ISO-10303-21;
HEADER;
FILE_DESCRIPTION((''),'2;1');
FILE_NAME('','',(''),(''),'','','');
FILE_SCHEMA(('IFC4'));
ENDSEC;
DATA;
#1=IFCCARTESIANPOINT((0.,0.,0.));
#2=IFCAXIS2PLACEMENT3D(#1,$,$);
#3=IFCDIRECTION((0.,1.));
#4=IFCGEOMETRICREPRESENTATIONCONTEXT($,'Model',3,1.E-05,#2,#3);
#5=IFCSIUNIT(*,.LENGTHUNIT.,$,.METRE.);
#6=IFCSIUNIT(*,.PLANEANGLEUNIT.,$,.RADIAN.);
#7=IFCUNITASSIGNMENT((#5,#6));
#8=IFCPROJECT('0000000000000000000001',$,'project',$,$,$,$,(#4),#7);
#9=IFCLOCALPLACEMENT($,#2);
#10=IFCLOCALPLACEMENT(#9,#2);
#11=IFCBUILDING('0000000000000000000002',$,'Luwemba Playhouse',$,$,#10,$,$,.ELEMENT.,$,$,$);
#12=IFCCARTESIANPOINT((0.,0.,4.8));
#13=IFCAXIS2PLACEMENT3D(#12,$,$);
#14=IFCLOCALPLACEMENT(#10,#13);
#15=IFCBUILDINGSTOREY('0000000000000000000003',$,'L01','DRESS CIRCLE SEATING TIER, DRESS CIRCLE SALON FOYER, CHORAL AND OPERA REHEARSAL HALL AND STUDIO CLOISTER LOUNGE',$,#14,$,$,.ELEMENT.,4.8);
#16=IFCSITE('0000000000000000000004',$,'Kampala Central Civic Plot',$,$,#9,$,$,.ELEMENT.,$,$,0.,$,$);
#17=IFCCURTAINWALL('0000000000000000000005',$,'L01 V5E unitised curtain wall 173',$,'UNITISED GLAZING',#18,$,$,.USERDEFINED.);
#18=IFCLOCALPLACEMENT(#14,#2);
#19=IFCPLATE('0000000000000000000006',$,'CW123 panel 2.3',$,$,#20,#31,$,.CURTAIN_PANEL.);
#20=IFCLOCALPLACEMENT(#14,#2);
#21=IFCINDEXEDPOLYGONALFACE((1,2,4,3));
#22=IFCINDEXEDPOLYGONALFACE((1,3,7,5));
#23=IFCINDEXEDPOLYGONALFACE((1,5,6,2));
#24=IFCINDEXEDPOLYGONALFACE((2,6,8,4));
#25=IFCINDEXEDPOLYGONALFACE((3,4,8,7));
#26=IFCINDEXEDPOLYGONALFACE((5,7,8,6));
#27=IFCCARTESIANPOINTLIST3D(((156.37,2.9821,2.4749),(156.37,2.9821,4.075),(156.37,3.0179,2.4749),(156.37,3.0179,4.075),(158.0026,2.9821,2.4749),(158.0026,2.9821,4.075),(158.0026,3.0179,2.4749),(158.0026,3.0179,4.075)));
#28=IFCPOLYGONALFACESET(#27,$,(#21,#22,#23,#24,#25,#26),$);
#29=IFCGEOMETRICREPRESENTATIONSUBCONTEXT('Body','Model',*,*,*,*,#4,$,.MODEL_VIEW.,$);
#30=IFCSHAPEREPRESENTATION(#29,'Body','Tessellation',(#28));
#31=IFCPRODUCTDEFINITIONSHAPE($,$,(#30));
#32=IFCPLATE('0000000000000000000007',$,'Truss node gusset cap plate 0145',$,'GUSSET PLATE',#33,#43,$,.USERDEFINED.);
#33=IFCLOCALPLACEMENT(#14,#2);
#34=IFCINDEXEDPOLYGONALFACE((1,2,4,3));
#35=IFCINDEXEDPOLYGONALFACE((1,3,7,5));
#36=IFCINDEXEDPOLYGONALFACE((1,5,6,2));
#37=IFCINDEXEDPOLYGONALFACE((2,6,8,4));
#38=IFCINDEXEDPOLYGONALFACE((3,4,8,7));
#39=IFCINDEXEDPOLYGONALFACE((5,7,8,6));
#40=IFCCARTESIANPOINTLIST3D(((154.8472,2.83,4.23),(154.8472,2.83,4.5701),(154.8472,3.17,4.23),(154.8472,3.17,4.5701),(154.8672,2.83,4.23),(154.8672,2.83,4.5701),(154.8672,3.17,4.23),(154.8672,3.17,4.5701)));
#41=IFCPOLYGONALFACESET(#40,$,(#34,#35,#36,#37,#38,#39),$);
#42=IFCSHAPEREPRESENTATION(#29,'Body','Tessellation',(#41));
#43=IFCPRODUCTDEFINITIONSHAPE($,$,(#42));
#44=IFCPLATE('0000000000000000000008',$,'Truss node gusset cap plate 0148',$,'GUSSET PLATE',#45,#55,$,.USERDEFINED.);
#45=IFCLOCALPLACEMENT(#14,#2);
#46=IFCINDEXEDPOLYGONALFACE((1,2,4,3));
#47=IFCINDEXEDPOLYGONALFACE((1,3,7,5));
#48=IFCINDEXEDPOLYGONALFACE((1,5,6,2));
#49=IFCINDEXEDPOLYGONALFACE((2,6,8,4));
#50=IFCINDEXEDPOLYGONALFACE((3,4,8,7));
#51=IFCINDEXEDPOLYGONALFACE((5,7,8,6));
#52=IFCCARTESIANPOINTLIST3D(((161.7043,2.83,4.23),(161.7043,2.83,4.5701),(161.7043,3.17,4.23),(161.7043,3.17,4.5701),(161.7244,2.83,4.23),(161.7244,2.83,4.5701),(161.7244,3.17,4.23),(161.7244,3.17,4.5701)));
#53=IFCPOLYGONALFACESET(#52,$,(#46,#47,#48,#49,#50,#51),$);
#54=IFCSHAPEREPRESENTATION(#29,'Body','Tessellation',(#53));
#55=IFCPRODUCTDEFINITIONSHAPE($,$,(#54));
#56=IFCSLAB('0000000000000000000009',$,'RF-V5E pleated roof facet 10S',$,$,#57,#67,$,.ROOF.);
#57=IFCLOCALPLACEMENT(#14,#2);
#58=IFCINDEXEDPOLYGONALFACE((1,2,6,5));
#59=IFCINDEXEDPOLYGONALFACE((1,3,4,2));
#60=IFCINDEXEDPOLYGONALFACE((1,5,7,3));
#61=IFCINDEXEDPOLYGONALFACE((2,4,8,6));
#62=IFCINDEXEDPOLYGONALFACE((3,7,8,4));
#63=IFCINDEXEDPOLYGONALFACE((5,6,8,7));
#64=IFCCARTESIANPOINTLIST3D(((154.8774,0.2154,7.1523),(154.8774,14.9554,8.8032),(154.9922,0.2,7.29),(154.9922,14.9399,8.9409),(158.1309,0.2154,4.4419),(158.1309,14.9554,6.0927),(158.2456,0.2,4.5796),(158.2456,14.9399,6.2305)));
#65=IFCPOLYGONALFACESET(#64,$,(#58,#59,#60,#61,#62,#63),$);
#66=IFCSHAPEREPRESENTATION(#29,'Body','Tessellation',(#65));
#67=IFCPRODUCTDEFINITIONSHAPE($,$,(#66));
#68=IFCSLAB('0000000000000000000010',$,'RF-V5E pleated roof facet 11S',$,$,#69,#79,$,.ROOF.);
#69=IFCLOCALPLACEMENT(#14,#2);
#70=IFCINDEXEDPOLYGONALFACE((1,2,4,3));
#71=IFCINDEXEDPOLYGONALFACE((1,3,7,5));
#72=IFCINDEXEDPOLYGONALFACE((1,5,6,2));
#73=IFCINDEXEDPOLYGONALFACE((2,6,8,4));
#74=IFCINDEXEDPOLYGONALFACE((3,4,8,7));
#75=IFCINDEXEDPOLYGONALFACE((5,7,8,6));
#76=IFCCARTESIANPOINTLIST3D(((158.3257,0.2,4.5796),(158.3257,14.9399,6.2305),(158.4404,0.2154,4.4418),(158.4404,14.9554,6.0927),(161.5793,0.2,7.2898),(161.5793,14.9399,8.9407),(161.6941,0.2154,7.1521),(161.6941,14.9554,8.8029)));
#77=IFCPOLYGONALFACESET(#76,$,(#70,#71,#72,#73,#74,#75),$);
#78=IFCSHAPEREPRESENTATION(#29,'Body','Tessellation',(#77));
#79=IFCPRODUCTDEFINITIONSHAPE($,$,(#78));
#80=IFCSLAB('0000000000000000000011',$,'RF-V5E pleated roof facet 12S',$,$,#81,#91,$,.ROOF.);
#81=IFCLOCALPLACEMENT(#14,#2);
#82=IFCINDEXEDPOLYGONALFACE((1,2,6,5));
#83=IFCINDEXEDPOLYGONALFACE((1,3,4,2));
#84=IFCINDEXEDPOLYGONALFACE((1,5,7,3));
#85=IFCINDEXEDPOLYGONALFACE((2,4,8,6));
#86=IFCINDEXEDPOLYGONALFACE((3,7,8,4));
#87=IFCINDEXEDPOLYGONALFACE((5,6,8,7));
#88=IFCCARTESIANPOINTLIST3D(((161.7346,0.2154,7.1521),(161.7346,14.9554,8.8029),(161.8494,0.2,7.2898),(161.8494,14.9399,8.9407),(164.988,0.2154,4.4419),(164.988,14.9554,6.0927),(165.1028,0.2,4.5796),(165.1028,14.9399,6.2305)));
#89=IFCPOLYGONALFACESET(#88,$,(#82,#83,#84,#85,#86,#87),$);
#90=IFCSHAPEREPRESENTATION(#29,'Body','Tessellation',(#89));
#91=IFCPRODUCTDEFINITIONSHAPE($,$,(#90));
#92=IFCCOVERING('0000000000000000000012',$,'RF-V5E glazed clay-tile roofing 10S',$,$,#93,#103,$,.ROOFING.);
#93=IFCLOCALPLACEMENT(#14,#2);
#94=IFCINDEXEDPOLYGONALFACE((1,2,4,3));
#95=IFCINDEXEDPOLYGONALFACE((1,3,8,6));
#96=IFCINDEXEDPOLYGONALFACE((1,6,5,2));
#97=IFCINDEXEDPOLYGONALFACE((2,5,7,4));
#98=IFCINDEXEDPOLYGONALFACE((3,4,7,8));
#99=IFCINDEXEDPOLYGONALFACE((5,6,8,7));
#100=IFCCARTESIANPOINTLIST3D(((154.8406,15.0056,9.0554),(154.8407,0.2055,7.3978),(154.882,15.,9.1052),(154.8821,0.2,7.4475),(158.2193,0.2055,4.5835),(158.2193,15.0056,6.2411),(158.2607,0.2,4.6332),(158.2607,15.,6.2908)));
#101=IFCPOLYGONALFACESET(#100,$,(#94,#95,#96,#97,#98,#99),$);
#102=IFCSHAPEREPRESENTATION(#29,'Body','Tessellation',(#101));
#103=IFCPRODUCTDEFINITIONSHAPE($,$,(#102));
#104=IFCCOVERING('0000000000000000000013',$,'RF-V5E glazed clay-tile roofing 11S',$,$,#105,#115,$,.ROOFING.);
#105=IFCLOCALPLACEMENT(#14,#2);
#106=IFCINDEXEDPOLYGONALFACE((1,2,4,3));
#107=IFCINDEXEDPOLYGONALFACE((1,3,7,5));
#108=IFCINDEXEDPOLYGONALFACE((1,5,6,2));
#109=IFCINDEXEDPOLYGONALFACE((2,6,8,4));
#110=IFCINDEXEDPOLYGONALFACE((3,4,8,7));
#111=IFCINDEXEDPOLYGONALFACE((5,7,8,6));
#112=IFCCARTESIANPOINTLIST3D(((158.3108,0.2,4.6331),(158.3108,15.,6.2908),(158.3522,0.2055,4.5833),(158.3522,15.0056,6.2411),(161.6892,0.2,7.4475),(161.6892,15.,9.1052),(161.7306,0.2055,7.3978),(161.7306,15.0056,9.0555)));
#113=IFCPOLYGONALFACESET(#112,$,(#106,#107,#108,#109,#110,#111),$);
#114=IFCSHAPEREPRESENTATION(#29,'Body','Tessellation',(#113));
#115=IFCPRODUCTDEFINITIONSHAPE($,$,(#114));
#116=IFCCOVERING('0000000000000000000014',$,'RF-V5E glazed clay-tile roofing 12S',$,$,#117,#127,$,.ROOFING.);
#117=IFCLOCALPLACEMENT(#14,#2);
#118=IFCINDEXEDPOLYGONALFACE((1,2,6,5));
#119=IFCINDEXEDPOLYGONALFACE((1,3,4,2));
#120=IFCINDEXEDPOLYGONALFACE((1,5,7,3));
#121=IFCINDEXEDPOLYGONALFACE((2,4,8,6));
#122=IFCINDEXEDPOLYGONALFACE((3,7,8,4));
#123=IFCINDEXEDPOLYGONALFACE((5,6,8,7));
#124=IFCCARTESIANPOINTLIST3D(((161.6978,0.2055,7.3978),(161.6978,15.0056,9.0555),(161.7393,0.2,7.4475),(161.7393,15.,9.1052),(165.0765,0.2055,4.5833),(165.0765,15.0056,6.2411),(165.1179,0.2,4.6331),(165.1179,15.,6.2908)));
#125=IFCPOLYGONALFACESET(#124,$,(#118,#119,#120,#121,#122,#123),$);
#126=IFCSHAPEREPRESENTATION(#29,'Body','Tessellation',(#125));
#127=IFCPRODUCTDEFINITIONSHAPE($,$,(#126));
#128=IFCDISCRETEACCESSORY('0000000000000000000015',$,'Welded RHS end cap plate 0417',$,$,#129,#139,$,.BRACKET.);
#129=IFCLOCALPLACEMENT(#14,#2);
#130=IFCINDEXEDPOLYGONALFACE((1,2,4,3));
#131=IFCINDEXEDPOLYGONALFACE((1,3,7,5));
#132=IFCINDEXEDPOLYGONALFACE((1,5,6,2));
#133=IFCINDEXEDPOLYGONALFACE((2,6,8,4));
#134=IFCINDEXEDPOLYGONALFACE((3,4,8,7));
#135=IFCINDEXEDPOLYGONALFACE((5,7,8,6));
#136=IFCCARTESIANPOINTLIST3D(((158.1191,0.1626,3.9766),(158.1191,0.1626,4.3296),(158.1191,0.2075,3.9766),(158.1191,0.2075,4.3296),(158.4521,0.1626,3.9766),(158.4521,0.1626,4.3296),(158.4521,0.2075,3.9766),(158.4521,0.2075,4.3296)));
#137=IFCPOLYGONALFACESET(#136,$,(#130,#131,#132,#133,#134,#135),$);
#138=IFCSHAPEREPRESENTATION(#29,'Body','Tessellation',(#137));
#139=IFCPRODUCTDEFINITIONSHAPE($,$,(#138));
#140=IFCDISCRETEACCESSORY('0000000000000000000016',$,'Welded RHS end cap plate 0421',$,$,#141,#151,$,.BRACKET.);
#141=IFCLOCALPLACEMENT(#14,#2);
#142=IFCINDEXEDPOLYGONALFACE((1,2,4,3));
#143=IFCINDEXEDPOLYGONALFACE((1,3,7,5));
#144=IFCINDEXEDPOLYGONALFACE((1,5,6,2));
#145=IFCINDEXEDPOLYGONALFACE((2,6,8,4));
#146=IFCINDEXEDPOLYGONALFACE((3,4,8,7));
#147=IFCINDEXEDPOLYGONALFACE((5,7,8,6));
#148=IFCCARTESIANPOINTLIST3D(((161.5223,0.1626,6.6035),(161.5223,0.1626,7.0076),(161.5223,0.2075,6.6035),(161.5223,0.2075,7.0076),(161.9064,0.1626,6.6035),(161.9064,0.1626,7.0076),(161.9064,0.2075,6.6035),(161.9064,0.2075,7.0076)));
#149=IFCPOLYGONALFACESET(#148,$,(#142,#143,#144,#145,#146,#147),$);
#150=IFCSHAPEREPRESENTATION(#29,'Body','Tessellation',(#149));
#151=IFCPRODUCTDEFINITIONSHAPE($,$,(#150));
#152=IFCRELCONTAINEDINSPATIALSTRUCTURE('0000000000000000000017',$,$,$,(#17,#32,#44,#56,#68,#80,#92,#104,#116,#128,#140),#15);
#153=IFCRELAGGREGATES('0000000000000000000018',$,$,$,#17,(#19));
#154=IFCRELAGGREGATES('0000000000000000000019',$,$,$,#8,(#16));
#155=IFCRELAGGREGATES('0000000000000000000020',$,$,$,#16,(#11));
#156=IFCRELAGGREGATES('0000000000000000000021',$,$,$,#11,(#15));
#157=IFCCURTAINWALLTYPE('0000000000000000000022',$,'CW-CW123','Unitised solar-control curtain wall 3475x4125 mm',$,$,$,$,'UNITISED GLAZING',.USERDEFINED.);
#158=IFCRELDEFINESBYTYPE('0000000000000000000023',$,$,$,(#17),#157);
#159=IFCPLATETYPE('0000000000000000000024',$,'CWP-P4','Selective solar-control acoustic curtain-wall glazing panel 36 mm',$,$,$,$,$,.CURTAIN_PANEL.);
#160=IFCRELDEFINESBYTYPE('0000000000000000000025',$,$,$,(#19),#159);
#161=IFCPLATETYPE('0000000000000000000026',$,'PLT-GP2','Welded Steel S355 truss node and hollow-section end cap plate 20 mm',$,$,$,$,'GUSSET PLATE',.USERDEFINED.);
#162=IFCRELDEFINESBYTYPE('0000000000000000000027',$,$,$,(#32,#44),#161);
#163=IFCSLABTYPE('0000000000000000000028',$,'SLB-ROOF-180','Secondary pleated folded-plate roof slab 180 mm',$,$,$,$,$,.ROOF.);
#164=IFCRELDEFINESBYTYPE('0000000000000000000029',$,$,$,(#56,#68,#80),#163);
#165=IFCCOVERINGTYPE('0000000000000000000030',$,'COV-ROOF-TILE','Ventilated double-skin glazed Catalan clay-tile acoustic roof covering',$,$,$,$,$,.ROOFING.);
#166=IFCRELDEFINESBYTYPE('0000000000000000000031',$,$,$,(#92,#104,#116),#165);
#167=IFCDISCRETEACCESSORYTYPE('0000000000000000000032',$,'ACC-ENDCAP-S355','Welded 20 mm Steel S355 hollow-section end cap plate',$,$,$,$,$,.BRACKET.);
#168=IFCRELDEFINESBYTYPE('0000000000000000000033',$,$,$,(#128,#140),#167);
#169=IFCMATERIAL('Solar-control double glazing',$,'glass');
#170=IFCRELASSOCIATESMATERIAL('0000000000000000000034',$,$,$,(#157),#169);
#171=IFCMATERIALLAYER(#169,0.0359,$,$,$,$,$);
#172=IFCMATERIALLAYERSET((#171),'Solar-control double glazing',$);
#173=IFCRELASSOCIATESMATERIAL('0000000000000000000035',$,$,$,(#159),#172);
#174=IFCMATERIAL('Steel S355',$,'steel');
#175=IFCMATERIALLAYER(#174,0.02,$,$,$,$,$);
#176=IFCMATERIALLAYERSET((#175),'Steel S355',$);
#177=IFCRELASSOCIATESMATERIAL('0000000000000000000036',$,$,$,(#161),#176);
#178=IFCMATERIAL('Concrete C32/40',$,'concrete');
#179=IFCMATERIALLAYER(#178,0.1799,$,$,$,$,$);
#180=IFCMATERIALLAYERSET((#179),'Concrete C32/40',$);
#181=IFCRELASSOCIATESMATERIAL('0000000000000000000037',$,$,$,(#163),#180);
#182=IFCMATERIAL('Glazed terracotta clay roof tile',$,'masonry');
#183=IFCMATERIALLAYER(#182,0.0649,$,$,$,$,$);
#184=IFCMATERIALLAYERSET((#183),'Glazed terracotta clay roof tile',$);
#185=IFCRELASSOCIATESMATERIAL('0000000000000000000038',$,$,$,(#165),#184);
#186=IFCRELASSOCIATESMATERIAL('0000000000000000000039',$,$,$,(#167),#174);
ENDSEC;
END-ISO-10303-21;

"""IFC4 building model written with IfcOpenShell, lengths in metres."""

from ifc_helpers import new_model, si_unit, direction, frame, origin, origin_2d, place, context, subcontext, project, spatial, polyline, rectangle, outline, extrude, material, layer, layer_set, type_object, element, aggregate, save


model = new_model("IFC4")

# Units and contexts
model_context = context("Model", 3, precision=1e-05, world=origin(), true_north=direction((0.0, 1.0)))
body_context = subcontext(model_context, "Body", "Model", "MODEL_VIEW")
ifc_project = project(units=[si_unit("LENGTHUNIT", "METRE"), si_unit("PLANEANGLEUNIT", "RADIAN")], contexts=[model_context])

# Site, building, storey
site_placement = place(None, origin())
site = spatial("IfcSite", under=ifc_project, at=site_placement, Name="Kampala Central Civic Plot", CompositionType="ELEMENT", RefElevation=0.0)
building_placement = place(site_placement, origin())
building = spatial("IfcBuilding", under=site, at=building_placement, Name="Luwemba Playhouse", CompositionType="ELEMENT")
storey_placement = place(building_placement, frame((0.0, 0.0, 4.8)))
storey = spatial("IfcBuildingStorey", under=building, at=storey_placement, Name="L01", Description="DRESS CIRCLE SEATING TIER, DRESS CIRCLE SALON FOYER, CHORAL AND OPERA REHEARSAL HALL AND STUDIO CLOISTER LOUNGE", CompositionType="ELEMENT", Elevation=4.8)

# Shared definitions
ifc_material_1 = material(Name="Steel S355", Category="steel")

# Shared definitions
ifc_material_2 = material(Name="Solar-control double glazing", Category="glass")

# Curtain wall
curtain_wall_type_1 = type_object("IfcCurtainWallType", Name="CW-CW123", Description="Unitised solar-control curtain wall 3475x4125 mm", ElementType="UNITISED GLAZING", PredefinedType="USERDEFINED", material=ifc_material_2)
curtain_wall_1_placement = place(storey_placement, origin())
curtain_wall_1 = element("IfcCurtainWall", 1, at=curtain_wall_1_placement, inside=storey, type_object=curtain_wall_type_1, Name="L01 V5E unitised curtain wall 173", ObjectType="UNITISED GLAZING", PredefinedType="USERDEFINED")

# Plate
ifc_layer_1 = layer(ifc_material_2, 0.0359)
ifc_layer_set_1 = layer_set([ifc_layer_1], Name="Solar-control double glazing")
plate_type_1 = type_object("IfcPlateType", Name="CWP-P4", Description="Selective solar-control acoustic curtain-wall glazing panel 36 mm", PredefinedType="CURTAIN_PANEL", material=ifc_layer_set_1)
plate_1_placement = place(storey_placement, frame((157.1863, 3.0, 2.4749), z_axis=(0.0, 0.0, 1.0), x_axis=(-1.0, 0.0, 0.0)))
plate_1 = element("IfcPlate", 2, at=plate_1_placement, type_object=plate_type_1, Name="CW123 panel 2.3", PredefinedType="CURTAIN_PANEL", context=body_context, shape_type="SweptSolid", body=[
    extrude(rectangle(XDim=1.6326, YDim=0.0359, at=origin_2d()), origin(), (0.0, 0.0, 1.0), 1.6001),
])
aggregate(curtain_wall_1, [plate_1])

# Plates
ifc_layer_2 = layer(ifc_material_1, 0.02)
ifc_layer_set_2 = layer_set([ifc_layer_2], Name="Steel S355")
plate_type_2 = type_object("IfcPlateType", Name="PLT-GP2", Description="Welded Steel S355 truss node and hollow-section end cap plate 20 mm", ElementType="GUSSET PLATE", PredefinedType="USERDEFINED", material=ifc_layer_set_2)
for number, where, z_axis, x_axis, name in (
    (3, (154.8572, 3.0, 4.23), (0.0, 0.0, 1.0), (1.0, 0.0, 0.0), "Truss node gusset cap plate 0145"),
    (4, (161.7144, 3.0, 4.23), (0.0, 0.0, 1.0), (1.0, 0.0, 0.0), "Truss node gusset cap plate 0148"),
):
    element("IfcPlate", number, at=place(storey_placement, frame(where, z_axis=z_axis, x_axis=x_axis)), inside=storey, type_object=plate_type_2, Name=name, ObjectType="GUSSET PLATE", PredefinedType="USERDEFINED", context=body_context, shape_type="SweptSolid", body=[
        extrude(rectangle(XDim=0.02, YDim=0.3401, at=origin_2d()), origin(), (0.0, 0.0, 1.0), 0.3401),
    ])

# Slabs
ifc_material_3 = material(Name="Concrete C32/40", Category="concrete")
ifc_layer_3 = layer(ifc_material_3, 0.1799)
ifc_layer_set_3 = layer_set([ifc_layer_3], Name="Concrete C32/40")
slab_type = type_object("IfcSlabType", Name="SLB-ROOF-180", Description="Secondary pleated folded-plate roof slab 180 mm", PredefinedType="ROOF", material=ifc_layer_set_3)
slab_1_placement = place(storey_placement, frame((154.9922, 0.2, 7.29), z_axis=(0.637726, -0.085733, 0.765478), x_axis=(0.768306, 0.0, -0.640082)))
element("IfcSlab", 5, at=slab_1_placement, inside=storey, type_object=slab_type, Name="RF-V5E pleated roof facet 10S", PredefinedType="ROOF", context=body_context, shape_type="SweptSolid", body=[
    extrude(outline(polyline([(0.0, 0.0), (4.2345, 0.0), (3.1778, 14.7945), (-1.0567, 14.7945), (0.0, 0.0)])), origin(), (0.0, 0.0, -1.0), 0.1799),
])
slab_2_placement = place(storey_placement, frame((158.3257, 0.2, 4.5796), z_axis=(-0.637663, -0.085739, 0.765529), x_axis=(0.768358, 0.0, 0.64002)))
element("IfcSlab", 6, at=slab_2_placement, inside=storey, type_object=slab_type, Name="RF-V5E pleated roof facet 11S", PredefinedType="ROOF", context=body_context, shape_type="SweptSolid", body=[
    extrude(outline(polyline([(0.0, 0.0), (4.2346, 0.0), (5.2912, 14.7945), (1.0566, 14.7945), (0.0, 0.0)])), origin(), (0.0, 0.0, -1.0), 0.1799),
])
slab_3_placement = place(storey_placement, frame((161.8494, 0.2, 7.2898), z_axis=(0.637692, -0.085737, 0.765506), x_axis=(0.768335, 0.0, -0.640048)))
element("IfcSlab", 7, at=slab_3_placement, inside=storey, type_object=slab_type, Name="RF-V5E pleated roof facet 12S", PredefinedType="ROOF", context=body_context, shape_type="SweptSolid", body=[
    extrude(outline(polyline([(0.0, 0.0), (4.2344, 0.0), (3.1777, 14.7945), (-1.0566, 14.7945), (0.0, 0.0)])), origin(), (0.0, 0.0, -1.0), 0.1799),
])

# Coverings
ifc_material_4 = material(Name="Glazed terracotta clay roof tile", Category="masonry")
ifc_layer_4 = layer(ifc_material_4, 0.0649)
ifc_layer_set_4 = layer_set([ifc_layer_4], Name="Glazed terracotta clay roof tile")
covering_type = type_object("IfcCoveringType", Name="COV-ROOF-TILE", Description="Ventilated double-skin glazed Catalan clay-tile acoustic roof covering", PredefinedType="ROOFING", material=ifc_layer_set_4)
covering_1_placement = place(storey_placement, frame((154.8821, 0.2, 7.4475), z_axis=(0.637664, -0.085739, 0.765528), x_axis=(0.768358, 0.000002, -0.64002)))
element("IfcCovering", 8, at=covering_1_placement, inside=storey, type_object=covering_type, Name="RF-V5E glazed clay-tile roofing 10S", PredefinedType="ROOFING", context=body_context, shape_type="SweptSolid", body=[
    extrude(outline(polyline([(0.0, 0.0), (4.3972, 0.0), (3.3364, 14.8547), (-1.0609, 14.8548), (0.0, 0.0)])), origin(), (0.0, 0.0, -1.0), 0.0649),
])
covering_2_placement = place(storey_placement, frame((158.3108, 0.2, 4.6331), z_axis=(-0.637707, -0.085741, 0.765492), x_axis=(0.768321, 0.0, 0.640064)))
element("IfcCovering", 9, at=covering_2_placement, inside=storey, type_object=covering_type, Name="RF-V5E glazed clay-tile roofing 11S", PredefinedType="ROOFING", context=body_context, shape_type="SweptSolid", body=[
    extrude(outline(polyline([(0.0, 0.0), (4.3971, 0.0), (5.4582, 14.8548), (1.061, 14.8548), (0.0, 0.0)])), origin(), (0.0, 0.0, -1.0), 0.0649),
])
covering_3_placement = place(storey_placement, frame((161.7393, 0.2, 7.4475), z_axis=(0.63768, -0.085743, 0.765515), x_axis=(0.768344, 0.0, -0.640037)))
element("IfcCovering", 10, at=covering_3_placement, inside=storey, type_object=covering_type, Name="RF-V5E glazed clay-tile roofing 12S", PredefinedType="ROOFING", context=body_context, shape_type="SweptSolid", body=[
    extrude(outline(polyline([(0.0, 0.0), (4.3973, 0.0), (3.3363, 14.8548), (-1.061, 14.8548), (0.0, 0.0)])), origin(), (0.0, 0.0, -1.0), 0.0649),
])

# Discrete accessories
discrete_accessory_type = type_object("IfcDiscreteAccessoryType", Name="ACC-ENDCAP-S355", Description="Welded 20 mm Steel S355 hollow-section end cap plate", PredefinedType="BRACKET", material=ifc_material_1)
discrete_accessory_1_placement = place(storey_placement, frame((158.2856, 0.1851, 3.9766), z_axis=(0.0, 0.0, 1.0), x_axis=(1.0, 0.0, 0.0)))
element("IfcDiscreteAccessory", 11, at=discrete_accessory_1_placement, inside=storey, type_object=discrete_accessory_type, Name="Welded RHS end cap plate 0417", PredefinedType="BRACKET", context=body_context, shape_type="SweptSolid", body=[
    extrude(rectangle(XDim=0.333, YDim=0.0449, at=origin_2d()), origin(), (0.0, 0.0, 1.0), 0.353),
])
discrete_accessory_2_placement = place(storey_placement, frame((161.7144, 0.1851, 6.6035), z_axis=(0.0, 0.0, 1.0), x_axis=(1.0, 0.0, 0.0)))
element("IfcDiscreteAccessory", 12, at=discrete_accessory_2_placement, inside=storey, type_object=discrete_accessory_type, Name="Welded RHS end cap plate 0421", PredefinedType="BRACKET", context=body_context, shape_type="SweptSolid", body=[
    extrude(rectangle(XDim=0.384, YDim=0.0449, at=origin_2d()), origin(), (0.0, 0.0, 1.0), 0.4041),
])

save(model, "model.ifc")
